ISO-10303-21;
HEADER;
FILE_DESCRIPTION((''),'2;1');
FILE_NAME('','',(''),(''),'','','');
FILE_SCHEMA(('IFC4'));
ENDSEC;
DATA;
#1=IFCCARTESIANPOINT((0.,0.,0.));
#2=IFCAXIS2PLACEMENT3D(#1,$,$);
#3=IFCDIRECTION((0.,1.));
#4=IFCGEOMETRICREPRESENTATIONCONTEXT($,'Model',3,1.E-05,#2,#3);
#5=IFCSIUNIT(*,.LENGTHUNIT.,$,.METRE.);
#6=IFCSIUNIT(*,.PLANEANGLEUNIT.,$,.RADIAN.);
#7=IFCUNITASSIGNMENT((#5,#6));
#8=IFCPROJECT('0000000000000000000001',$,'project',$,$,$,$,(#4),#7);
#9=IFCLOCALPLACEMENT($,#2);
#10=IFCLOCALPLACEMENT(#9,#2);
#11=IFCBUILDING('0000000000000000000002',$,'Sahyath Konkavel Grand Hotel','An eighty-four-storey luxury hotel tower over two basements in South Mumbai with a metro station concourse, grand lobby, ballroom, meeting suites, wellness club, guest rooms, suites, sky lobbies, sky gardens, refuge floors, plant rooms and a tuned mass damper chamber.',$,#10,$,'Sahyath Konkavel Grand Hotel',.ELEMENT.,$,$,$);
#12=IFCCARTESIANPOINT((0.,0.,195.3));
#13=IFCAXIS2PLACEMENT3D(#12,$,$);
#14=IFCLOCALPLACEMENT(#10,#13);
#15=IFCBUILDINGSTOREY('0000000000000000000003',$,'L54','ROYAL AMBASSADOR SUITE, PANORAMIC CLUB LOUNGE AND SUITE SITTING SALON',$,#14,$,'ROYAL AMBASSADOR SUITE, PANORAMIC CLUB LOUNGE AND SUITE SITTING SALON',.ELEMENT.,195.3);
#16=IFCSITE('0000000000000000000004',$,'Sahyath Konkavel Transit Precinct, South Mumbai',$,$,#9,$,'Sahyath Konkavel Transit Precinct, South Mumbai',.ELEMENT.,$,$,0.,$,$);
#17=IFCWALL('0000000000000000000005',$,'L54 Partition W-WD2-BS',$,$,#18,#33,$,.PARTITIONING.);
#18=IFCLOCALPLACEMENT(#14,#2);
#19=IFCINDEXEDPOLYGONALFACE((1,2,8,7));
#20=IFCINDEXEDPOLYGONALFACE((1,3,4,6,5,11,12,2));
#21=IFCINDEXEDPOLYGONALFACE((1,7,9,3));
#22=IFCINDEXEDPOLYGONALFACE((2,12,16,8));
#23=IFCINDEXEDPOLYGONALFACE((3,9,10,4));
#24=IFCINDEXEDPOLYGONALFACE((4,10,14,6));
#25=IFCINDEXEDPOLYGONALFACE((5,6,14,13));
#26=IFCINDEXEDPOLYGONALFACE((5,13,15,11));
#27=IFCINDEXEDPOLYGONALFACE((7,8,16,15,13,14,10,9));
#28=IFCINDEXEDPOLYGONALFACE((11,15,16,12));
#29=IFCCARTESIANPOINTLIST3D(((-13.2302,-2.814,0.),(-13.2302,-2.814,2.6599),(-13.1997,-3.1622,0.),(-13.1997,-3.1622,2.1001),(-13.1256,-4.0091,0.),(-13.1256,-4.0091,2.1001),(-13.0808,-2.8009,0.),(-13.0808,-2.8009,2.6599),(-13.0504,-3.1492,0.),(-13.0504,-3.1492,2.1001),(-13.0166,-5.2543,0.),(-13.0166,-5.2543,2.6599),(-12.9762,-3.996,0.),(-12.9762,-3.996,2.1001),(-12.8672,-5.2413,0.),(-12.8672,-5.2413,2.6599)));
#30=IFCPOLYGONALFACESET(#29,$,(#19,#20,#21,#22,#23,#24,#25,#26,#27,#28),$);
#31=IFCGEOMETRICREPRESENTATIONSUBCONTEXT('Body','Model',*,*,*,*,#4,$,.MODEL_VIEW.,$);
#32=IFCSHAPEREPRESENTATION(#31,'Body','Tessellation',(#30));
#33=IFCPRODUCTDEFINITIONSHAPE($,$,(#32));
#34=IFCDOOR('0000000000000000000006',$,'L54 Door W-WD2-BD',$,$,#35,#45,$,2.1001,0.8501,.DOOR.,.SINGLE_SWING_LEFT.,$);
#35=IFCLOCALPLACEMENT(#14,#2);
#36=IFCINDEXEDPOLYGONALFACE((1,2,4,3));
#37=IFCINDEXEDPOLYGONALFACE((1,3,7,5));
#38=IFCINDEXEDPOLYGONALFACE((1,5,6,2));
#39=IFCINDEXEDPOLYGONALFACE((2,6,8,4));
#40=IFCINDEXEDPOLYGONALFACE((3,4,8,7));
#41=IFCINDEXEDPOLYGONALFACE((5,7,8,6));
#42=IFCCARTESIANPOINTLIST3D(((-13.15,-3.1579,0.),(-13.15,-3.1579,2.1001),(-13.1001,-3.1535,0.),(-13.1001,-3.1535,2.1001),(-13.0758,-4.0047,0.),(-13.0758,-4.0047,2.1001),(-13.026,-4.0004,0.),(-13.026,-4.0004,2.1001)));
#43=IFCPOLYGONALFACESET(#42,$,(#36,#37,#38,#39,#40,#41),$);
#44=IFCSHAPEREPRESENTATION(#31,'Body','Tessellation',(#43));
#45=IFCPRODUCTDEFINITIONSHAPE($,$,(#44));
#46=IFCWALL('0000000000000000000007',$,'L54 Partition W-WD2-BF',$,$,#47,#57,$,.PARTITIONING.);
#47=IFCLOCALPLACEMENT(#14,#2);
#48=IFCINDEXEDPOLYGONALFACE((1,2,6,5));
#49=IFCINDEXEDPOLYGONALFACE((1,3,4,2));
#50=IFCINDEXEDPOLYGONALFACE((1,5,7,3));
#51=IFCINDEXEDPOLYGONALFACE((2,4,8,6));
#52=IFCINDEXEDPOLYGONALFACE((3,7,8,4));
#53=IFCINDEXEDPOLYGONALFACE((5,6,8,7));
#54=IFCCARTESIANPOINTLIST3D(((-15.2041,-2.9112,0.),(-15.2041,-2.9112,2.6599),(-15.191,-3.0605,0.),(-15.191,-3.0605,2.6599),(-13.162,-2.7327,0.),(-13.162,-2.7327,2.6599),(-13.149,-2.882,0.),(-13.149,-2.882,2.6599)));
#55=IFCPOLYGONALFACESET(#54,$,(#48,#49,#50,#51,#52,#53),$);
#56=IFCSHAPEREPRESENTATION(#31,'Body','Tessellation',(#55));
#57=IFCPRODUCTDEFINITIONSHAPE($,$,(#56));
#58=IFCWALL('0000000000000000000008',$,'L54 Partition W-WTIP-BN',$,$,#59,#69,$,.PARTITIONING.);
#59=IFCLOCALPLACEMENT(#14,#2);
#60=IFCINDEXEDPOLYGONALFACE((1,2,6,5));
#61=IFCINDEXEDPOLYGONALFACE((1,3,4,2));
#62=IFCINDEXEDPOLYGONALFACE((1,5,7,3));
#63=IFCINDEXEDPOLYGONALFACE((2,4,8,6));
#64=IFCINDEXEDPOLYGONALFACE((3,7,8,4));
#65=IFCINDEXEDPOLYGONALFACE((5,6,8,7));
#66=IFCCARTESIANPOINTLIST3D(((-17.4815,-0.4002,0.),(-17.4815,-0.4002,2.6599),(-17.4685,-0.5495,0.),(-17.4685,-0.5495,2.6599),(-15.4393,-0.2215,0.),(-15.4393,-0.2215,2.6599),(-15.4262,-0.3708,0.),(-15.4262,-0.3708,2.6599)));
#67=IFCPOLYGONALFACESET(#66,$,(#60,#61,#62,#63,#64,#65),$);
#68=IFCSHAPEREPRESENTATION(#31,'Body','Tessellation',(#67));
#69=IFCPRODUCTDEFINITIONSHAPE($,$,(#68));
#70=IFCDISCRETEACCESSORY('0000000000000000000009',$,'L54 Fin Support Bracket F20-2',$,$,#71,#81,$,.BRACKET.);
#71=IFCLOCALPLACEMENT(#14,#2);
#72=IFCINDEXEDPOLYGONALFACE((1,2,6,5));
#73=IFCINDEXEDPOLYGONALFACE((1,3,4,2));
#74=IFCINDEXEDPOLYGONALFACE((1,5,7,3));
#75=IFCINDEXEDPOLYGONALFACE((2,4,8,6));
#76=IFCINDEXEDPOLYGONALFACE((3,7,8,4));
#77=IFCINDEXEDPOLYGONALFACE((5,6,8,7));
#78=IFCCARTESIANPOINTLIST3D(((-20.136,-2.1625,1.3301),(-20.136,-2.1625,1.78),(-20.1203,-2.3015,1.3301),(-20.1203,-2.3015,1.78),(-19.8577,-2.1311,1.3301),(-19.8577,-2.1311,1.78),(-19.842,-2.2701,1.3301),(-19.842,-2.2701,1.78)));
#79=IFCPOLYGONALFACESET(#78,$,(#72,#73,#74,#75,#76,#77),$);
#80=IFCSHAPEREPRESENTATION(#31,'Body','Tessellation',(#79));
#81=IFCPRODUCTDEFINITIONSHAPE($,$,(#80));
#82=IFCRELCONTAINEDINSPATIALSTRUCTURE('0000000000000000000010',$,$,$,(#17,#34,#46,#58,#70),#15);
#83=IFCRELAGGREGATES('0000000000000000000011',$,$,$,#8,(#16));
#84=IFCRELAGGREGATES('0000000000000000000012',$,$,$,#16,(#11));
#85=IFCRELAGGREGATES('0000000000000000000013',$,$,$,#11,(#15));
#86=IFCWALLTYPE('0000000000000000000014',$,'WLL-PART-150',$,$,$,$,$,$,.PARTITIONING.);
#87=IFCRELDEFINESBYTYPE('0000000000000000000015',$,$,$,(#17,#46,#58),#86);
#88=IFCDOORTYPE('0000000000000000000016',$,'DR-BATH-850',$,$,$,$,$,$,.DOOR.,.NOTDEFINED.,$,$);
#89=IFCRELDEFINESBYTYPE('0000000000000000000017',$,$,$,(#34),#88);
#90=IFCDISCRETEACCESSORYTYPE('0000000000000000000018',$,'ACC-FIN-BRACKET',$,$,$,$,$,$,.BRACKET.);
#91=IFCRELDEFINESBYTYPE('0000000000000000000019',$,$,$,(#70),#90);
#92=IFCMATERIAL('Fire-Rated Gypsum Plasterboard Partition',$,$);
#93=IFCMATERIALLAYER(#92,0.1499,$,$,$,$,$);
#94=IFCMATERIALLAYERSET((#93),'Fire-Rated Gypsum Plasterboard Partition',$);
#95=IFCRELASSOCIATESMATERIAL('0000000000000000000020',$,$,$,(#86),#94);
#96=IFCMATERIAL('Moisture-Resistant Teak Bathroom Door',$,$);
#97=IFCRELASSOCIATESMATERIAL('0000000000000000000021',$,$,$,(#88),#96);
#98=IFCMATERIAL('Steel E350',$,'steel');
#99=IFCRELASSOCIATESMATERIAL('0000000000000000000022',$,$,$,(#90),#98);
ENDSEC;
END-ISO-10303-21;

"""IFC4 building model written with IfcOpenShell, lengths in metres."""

from ifc_helpers import new_model, si_unit, direction, frame, frame_2d, origin, origin_2d, place, context, subcontext, project, spatial, rectangle, extrude, source, transform, mapped, material, layer, layer_set, type_object, element, fill, save


model = new_model("IFC4")

# Units and contexts
model_context = context("Model", 3, precision=1e-05, world=origin(), true_north=direction((0.0, 1.0)))
body_context = subcontext(model_context, "Body", "Model", "MODEL_VIEW")
ifc_project = project(units=[si_unit("LENGTHUNIT", "METRE"), si_unit("PLANEANGLEUNIT", "RADIAN")], contexts=[model_context])

# Site, building, storey
site_placement = place(None, origin())
site = spatial("IfcSite", under=ifc_project, at=site_placement, Name="Sahyath Konkavel Transit Precinct, South Mumbai", LongName="Sahyath Konkavel Transit Precinct, South Mumbai", CompositionType="ELEMENT", RefElevation=0.0)
building_placement = place(site_placement, origin())
building = spatial("IfcBuilding", under=site, at=building_placement, Name="Sahyath Konkavel Grand Hotel", Description="An eighty-four-storey luxury hotel tower over two basements in South Mumbai with a metro station concourse, grand lobby, ballroom, meeting suites, wellness club, guest rooms, suites, sky lobbies, sky gardens, refuge floors, plant rooms and a tuned mass damper chamber.", LongName="Sahyath Konkavel Grand Hotel", CompositionType="ELEMENT")
storey_placement = place(building_placement, frame((0.0, 0.0, 195.3)))
storey = spatial("IfcBuildingStorey", under=building, at=storey_placement, Name="L54", Description="ROYAL AMBASSADOR SUITE, PANORAMIC CLUB LOUNGE AND SUITE SITTING SALON", LongName="ROYAL AMBASSADOR SUITE, PANORAMIC CLUB LOUNGE AND SUITE SITTING SALON", CompositionType="ELEMENT", Elevation=195.3)

# Shared definitions
ifc_material_1 = material(Name="Steel E350", Category="steel")

# Wall, opening, door
ifc_material_2 = material(Name="Fire-Rated Gypsum Plasterboard Partition")
ifc_layer_1 = layer(ifc_material_2, 0.1499)
ifc_layer_set_1 = layer_set([ifc_layer_1], Name="Fire-Rated Gypsum Plasterboard Partition")
wall_type_1 = type_object("IfcWallType", Name="WLL-PART-150", PredefinedType="PARTITIONING", material=ifc_layer_set_1)
wall_1_placement = place(storey_placement, frame((-12.9419, -5.2478, 0.0), z_axis=(0.0, 0.0, 1.0), x_axis=(-0.087202, 0.996191, 0.0)))
wall_1 = element("IfcWall", 1, at=wall_1_placement, inside=storey, type_object=wall_type_1, Name="L54 Partition W-WD2-BS", PredefinedType="PARTITIONING", context=body_context, shape_type="SweptSolid", body=[
    extrude(rectangle(XDim=2.4497, YDim=0.1499, at=frame_2d((1.2249, 0.0))), origin(), (0.0, 0.0, 1.0), 2.6599),
])
opening_placement = place(wall_1_placement, frame((1.25, 0.0, 0.0)))
opening = element("IfcOpeningElement", 2, at=opening_placement, cuts=wall_1, PredefinedType="OPENING", context=body_context, shape_type="SweptSolid", body=[
    extrude(rectangle(XDim=0.8501, YDim=2.1001, at=frame_2d((0.425, 1.05))), frame((0.0, 0.085, 0.0), z_axis=(0.0, -1.0, 0.0), x_axis=(1.0, 0.0, 0.0)), (0.0, 0.0, 1.0), 0.1699),
])
ifc_material_3 = material(Name="Moisture-Resistant Teak Bathroom Door")
door_type = type_object("IfcDoorType", Name="DR-BATH-850", OperationType="NOTDEFINED", PredefinedType="DOOR", material=ifc_material_3)
shared_shape_1 = source(origin(), body_context, "Body", "SweptSolid", [
    extrude(rectangle(XDim=0.8501, YDim=0.05, at=origin_2d()), origin(), (0.0, 0.0, 1.0), 2.1001),
])
door_placement = place(opening_placement, frame((0.425, 0.0, 0.0)))
door = element("IfcDoor", 3, at=door_placement, inside=storey, type_object=door_type, Name="L54 Door W-WD2-BD", OperationType="SINGLE_SWING_LEFT", OverallHeight=2.1001, OverallWidth=0.8501, PredefinedType="DOOR", context=body_context, shape_type="MappedRepresentation", body=[
    mapped(shared_shape_1, transform((0.0, 0.0, 0.0), scale=1.0)),
])
fill(opening, door)

# Walls
wall_2_placement = place(storey_placement, frame((-13.1555, -2.8074, 0.0), z_axis=(0.0, 0.0, 1.0), x_axis=(-0.996203, -0.087066, 0.0)))
element("IfcWall", 4, at=wall_2_placement, inside=storey, type_object=wall_type_1, Name="L54 Partition W-WD2-BF", PredefinedType="PARTITIONING", context=body_context, shape_type="SweptSolid", body=[
    extrude(rectangle(XDim=2.0498, YDim=0.1499, at=frame_2d((1.0249, 0.0))), origin(), (0.0, 0.0, 1.0), 2.6599),
])
wall_3_placement = place(storey_placement, frame((-15.4329, -0.2961, 0.0), z_axis=(0.0, 0.0, 1.0), x_axis=(-0.996193, -0.087174, 0.0)))
element("IfcWall", 5, at=wall_3_placement, inside=storey, type_object=wall_type_1, Name="L54 Partition W-WTIP-BN", PredefinedType="PARTITIONING", context=body_context, shape_type="SweptSolid", body=[
    extrude(rectangle(XDim=2.05, YDim=0.1499, at=frame_2d((1.0249, 0.0))), origin(), (0.0, 0.0, 1.0), 2.6599),
])

# Discrete accessory
discrete_accessory_type = type_object("IfcDiscreteAccessoryType", Name="ACC-FIN-BRACKET", PredefinedType="BRACKET", material=ifc_material_1)
shared_shape_2 = source(origin(), body_context, "Body", "SweptSolid", [
    extrude(rectangle(XDim=0.28, YDim=0.1399, at=origin_2d()), origin(), (0.0, 0.0, 1.0), 0.45),
])
discrete_accessory_placement = place(storey_placement, frame((-19.989, -2.2163, 1.3301), z_axis=(0.0, 0.0, 1.0), x_axis=(-0.993709, -0.111989, 0.0)))
element("IfcDiscreteAccessory", 6, at=discrete_accessory_placement, inside=storey, type_object=discrete_accessory_type, Name="L54 Fin Support Bracket F20-2", PredefinedType="BRACKET", context=body_context, shape_type="MappedRepresentation", body=[
    mapped(shared_shape_2, transform((0.0, 0.0, 0.0), scale=1.0)),
])

save(model, "model.ifc")
